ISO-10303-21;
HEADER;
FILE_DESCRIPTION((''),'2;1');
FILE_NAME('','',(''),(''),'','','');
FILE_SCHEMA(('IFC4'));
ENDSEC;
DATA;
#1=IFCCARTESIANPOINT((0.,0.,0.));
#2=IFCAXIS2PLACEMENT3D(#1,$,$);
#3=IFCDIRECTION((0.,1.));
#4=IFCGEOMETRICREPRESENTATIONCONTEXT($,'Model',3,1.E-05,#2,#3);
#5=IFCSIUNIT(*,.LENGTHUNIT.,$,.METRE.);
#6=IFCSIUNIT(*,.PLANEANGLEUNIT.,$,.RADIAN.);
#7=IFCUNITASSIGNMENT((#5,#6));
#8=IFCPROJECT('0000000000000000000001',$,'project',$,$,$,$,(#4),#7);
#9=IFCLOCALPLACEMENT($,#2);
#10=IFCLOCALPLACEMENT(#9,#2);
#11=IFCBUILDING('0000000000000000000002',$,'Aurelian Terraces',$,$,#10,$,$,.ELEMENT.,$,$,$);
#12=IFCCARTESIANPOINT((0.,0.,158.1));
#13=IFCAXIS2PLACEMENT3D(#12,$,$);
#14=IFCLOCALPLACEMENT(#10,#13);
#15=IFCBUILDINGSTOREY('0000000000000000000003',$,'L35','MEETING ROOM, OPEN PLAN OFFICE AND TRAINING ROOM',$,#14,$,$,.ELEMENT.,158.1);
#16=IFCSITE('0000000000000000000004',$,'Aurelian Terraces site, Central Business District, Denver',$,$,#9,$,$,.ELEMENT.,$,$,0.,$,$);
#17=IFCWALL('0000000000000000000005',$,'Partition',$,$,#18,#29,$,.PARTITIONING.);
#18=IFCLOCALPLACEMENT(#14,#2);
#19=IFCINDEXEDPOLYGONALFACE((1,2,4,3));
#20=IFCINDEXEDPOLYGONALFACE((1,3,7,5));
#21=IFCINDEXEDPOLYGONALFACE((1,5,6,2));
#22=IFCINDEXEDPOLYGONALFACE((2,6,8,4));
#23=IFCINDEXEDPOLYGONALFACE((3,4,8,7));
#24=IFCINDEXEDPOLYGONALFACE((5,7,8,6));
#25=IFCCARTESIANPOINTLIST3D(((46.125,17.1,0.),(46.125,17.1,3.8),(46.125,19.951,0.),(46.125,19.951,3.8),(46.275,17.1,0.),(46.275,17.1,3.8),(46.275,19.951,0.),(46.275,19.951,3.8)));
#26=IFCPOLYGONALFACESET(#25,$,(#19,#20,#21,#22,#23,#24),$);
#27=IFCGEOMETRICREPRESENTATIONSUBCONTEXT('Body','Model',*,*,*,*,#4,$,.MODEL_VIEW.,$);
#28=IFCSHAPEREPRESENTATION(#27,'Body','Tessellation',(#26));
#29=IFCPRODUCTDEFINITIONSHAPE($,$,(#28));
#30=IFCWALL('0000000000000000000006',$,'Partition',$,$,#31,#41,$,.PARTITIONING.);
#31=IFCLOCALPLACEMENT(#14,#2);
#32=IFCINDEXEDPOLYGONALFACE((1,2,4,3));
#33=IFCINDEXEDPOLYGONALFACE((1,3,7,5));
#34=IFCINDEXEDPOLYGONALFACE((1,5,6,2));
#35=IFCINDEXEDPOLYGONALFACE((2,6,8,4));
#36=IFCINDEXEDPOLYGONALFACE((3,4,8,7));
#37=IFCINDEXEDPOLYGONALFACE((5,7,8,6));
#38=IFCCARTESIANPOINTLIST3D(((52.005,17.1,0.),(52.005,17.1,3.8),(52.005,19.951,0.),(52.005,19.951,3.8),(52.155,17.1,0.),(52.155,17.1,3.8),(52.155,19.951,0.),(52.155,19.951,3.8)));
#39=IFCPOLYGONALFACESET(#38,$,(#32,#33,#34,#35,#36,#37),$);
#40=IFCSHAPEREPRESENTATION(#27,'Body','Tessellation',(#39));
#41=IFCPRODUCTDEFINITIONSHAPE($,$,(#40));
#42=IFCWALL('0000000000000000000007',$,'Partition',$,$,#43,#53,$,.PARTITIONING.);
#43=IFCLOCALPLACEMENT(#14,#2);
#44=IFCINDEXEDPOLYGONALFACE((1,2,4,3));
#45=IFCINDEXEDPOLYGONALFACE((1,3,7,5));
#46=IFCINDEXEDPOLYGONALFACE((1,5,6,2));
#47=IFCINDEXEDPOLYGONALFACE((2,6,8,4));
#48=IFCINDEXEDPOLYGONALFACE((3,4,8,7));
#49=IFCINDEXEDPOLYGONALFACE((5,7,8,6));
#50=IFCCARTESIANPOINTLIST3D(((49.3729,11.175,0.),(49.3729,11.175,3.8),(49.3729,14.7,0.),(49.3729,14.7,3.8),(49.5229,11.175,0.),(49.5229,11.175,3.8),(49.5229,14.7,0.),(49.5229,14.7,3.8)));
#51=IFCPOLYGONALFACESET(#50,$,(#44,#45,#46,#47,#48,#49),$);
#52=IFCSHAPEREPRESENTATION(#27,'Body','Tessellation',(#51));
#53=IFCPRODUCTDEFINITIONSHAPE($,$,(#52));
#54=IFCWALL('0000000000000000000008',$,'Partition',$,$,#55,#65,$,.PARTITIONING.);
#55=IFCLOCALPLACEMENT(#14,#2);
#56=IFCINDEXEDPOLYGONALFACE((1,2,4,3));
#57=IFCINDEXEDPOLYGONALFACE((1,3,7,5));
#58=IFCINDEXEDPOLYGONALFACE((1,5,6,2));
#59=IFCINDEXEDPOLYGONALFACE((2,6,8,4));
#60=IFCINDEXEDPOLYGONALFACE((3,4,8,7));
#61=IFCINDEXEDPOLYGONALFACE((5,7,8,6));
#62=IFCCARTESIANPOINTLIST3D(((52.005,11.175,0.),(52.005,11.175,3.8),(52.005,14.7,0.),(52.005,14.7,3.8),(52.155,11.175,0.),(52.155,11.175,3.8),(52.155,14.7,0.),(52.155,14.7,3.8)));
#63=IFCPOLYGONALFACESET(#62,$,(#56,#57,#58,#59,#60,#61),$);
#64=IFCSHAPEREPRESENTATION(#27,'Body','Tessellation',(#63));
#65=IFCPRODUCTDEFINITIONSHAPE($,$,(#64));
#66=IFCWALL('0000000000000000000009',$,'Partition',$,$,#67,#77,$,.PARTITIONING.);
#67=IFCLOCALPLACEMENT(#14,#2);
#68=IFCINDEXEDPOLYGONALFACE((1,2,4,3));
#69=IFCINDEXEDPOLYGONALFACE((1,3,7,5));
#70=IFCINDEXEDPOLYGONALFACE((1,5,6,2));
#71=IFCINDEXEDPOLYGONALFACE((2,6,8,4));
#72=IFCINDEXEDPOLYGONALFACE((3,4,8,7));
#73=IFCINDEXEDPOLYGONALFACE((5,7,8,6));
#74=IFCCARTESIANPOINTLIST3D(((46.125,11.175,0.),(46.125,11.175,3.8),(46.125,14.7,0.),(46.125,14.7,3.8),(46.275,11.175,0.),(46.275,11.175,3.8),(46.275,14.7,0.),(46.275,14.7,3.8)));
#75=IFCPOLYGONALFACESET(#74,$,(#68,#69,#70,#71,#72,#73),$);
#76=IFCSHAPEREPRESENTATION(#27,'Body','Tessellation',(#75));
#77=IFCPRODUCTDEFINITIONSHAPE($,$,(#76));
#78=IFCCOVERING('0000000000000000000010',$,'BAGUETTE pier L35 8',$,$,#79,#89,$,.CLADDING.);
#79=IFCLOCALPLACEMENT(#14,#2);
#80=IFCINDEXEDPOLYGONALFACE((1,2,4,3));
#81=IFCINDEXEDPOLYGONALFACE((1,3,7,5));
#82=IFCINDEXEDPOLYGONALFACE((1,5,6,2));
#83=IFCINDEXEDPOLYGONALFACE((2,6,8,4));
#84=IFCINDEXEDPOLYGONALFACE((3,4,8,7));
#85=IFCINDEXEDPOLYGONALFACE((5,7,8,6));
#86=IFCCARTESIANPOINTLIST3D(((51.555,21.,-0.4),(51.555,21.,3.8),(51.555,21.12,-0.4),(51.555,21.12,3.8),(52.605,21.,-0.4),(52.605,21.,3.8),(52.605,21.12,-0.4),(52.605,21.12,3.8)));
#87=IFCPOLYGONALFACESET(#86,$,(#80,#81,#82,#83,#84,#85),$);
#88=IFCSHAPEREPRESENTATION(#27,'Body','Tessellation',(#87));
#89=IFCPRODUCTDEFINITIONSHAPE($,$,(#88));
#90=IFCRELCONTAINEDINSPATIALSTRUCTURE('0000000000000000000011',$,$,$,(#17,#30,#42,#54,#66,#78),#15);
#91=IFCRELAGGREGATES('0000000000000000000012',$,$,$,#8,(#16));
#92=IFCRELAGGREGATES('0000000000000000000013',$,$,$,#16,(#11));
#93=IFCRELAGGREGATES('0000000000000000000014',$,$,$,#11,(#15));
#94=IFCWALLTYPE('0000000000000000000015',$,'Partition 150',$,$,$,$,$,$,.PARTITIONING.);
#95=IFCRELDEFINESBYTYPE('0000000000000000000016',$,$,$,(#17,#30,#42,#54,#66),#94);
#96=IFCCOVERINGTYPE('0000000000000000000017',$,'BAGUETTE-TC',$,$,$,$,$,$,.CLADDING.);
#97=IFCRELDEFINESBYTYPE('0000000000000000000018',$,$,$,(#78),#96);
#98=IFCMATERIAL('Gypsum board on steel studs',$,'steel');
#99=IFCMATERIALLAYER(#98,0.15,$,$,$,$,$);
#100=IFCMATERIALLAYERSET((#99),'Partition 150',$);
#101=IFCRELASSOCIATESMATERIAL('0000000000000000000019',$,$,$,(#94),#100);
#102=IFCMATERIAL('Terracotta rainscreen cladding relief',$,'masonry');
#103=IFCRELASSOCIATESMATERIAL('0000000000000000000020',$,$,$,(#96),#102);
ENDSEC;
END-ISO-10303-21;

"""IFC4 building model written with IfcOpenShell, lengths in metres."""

from ifc_helpers import new_model, si_unit, direction, frame, frame_2d, origin, origin_2d, place, context, subcontext, project, spatial, rectangle, extrude, source, transform, mapped, material, layer, layer_set, type_object, element, save


model = new_model("IFC4")

# Units and contexts
model_context = context("Model", 3, precision=1e-05, world=origin(), true_north=direction((0.0, 1.0)))
body_context = subcontext(model_context, "Body", "Model", "MODEL_VIEW")
ifc_project = project(units=[si_unit("LENGTHUNIT", "METRE"), si_unit("PLANEANGLEUNIT", "RADIAN")], contexts=[model_context])

# Site, building, storey
site_placement = place(None, origin())
site = spatial("IfcSite", under=ifc_project, at=site_placement, Name="Aurelian Terraces site, Central Business District, Denver", CompositionType="ELEMENT", RefElevation=0.0)
building_placement = place(site_placement, origin())
building = spatial("IfcBuilding", under=site, at=building_placement, Name="Aurelian Terraces", CompositionType="ELEMENT")
storey_placement = place(building_placement, frame((0.0, 0.0, 158.1)))
storey = spatial("IfcBuildingStorey", under=building, at=storey_placement, Name="L35", Description="MEETING ROOM, OPEN PLAN OFFICE AND TRAINING ROOM", CompositionType="ELEMENT", Elevation=158.1)

# Walls
ifc_material_1 = material(Name="Gypsum board on steel studs", Category="steel")
ifc_layer_1 = layer(ifc_material_1, 0.15)
ifc_layer_set_1 = layer_set([ifc_layer_1], Name="Partition 150")
wall_type_1 = type_object("IfcWallType", Name="Partition 150", PredefinedType="PARTITIONING", material=ifc_layer_set_1)
shared_shape_1 = source(origin(), body_context, "Body", "SweptSolid", [
    extrude(rectangle(XDim=2.851, YDim=0.15, at=frame_2d((1.4255, 0.0))), origin(), (0.0, 0.0, 1.0), 3.8),
])
for number, where, z_axis, x_axis, name in (
    (1, (46.2, 17.1, 0.0), (0.0, 0.0, 1.0), (0.0, 1.0, 0.0), "Partition"),
    (2, (52.08, 17.1, 0.0), (0.0, 0.0, 1.0), (0.0, 1.0, 0.0), "Partition"),
):
    element("IfcWall", number, at=place(storey_placement, frame(where, z_axis=z_axis, x_axis=x_axis)), inside=storey, type_object=wall_type_1, Name=name, PredefinedType="PARTITIONING", context=body_context, shape_type="MappedRepresentation", body=[
        mapped(shared_shape_1, transform((0.0, 0.0, 0.0), scale=1.0)),
    ])
shared_shape_2 = source(origin(), body_context, "Body", "SweptSolid", [
    extrude(rectangle(XDim=3.525, YDim=0.15, at=frame_2d((1.7625, 0.0))), origin(), (0.0, 0.0, 1.0), 3.8),
])
for number, where, z_axis, x_axis, name in (
    (3, (49.4479, 11.175, 0.0), (0.0, 0.0, 1.0), (0.0, 1.0, 0.0), "Partition"),
    (4, (52.08, 11.175, 0.0), (0.0, 0.0, 1.0), (0.0, 1.0, 0.0), "Partition"),
    (5, (46.2, 11.175, 0.0), (0.0, 0.0, 1.0), (0.0, 1.0, 0.0), "Partition"),
):
    element("IfcWall", number, at=place(storey_placement, frame(where, z_axis=z_axis, x_axis=x_axis)), inside=storey, type_object=wall_type_1, Name=name, PredefinedType="PARTITIONING", context=body_context, shape_type="MappedRepresentation", body=[
        mapped(shared_shape_2, transform((0.0, 0.0, 0.0), scale=1.0)),
    ])

# Covering
ifc_material_2 = material(Name="Terracotta rainscreen cladding relief", Category="masonry")
covering_type = type_object("IfcCoveringType", Name="BAGUETTE-TC", PredefinedType="CLADDING", material=ifc_material_2)
shared_shape_3 = source(origin(), body_context, "Body", "SweptSolid", [
    extrude(rectangle(XDim=1.05, YDim=0.12, at=origin_2d()), origin(), (0.0, 0.0, 1.0), 4.2),
])
covering_placement = place(storey_placement, frame((52.08, 21.06, -0.4), z_axis=(0.0, 0.0, 1.0), x_axis=(1.0, 0.0, 0.0)))
element("IfcCovering", 6, at=covering_placement, inside=storey, type_object=covering_type, Name="BAGUETTE pier L35 8", PredefinedType="CLADDING", context=body_context, shape_type="MappedRepresentation", body=[
    mapped(shared_shape_3, transform((0.0, 0.0, 0.0), scale=1.0)),
])

save(model, "model.ifc")
